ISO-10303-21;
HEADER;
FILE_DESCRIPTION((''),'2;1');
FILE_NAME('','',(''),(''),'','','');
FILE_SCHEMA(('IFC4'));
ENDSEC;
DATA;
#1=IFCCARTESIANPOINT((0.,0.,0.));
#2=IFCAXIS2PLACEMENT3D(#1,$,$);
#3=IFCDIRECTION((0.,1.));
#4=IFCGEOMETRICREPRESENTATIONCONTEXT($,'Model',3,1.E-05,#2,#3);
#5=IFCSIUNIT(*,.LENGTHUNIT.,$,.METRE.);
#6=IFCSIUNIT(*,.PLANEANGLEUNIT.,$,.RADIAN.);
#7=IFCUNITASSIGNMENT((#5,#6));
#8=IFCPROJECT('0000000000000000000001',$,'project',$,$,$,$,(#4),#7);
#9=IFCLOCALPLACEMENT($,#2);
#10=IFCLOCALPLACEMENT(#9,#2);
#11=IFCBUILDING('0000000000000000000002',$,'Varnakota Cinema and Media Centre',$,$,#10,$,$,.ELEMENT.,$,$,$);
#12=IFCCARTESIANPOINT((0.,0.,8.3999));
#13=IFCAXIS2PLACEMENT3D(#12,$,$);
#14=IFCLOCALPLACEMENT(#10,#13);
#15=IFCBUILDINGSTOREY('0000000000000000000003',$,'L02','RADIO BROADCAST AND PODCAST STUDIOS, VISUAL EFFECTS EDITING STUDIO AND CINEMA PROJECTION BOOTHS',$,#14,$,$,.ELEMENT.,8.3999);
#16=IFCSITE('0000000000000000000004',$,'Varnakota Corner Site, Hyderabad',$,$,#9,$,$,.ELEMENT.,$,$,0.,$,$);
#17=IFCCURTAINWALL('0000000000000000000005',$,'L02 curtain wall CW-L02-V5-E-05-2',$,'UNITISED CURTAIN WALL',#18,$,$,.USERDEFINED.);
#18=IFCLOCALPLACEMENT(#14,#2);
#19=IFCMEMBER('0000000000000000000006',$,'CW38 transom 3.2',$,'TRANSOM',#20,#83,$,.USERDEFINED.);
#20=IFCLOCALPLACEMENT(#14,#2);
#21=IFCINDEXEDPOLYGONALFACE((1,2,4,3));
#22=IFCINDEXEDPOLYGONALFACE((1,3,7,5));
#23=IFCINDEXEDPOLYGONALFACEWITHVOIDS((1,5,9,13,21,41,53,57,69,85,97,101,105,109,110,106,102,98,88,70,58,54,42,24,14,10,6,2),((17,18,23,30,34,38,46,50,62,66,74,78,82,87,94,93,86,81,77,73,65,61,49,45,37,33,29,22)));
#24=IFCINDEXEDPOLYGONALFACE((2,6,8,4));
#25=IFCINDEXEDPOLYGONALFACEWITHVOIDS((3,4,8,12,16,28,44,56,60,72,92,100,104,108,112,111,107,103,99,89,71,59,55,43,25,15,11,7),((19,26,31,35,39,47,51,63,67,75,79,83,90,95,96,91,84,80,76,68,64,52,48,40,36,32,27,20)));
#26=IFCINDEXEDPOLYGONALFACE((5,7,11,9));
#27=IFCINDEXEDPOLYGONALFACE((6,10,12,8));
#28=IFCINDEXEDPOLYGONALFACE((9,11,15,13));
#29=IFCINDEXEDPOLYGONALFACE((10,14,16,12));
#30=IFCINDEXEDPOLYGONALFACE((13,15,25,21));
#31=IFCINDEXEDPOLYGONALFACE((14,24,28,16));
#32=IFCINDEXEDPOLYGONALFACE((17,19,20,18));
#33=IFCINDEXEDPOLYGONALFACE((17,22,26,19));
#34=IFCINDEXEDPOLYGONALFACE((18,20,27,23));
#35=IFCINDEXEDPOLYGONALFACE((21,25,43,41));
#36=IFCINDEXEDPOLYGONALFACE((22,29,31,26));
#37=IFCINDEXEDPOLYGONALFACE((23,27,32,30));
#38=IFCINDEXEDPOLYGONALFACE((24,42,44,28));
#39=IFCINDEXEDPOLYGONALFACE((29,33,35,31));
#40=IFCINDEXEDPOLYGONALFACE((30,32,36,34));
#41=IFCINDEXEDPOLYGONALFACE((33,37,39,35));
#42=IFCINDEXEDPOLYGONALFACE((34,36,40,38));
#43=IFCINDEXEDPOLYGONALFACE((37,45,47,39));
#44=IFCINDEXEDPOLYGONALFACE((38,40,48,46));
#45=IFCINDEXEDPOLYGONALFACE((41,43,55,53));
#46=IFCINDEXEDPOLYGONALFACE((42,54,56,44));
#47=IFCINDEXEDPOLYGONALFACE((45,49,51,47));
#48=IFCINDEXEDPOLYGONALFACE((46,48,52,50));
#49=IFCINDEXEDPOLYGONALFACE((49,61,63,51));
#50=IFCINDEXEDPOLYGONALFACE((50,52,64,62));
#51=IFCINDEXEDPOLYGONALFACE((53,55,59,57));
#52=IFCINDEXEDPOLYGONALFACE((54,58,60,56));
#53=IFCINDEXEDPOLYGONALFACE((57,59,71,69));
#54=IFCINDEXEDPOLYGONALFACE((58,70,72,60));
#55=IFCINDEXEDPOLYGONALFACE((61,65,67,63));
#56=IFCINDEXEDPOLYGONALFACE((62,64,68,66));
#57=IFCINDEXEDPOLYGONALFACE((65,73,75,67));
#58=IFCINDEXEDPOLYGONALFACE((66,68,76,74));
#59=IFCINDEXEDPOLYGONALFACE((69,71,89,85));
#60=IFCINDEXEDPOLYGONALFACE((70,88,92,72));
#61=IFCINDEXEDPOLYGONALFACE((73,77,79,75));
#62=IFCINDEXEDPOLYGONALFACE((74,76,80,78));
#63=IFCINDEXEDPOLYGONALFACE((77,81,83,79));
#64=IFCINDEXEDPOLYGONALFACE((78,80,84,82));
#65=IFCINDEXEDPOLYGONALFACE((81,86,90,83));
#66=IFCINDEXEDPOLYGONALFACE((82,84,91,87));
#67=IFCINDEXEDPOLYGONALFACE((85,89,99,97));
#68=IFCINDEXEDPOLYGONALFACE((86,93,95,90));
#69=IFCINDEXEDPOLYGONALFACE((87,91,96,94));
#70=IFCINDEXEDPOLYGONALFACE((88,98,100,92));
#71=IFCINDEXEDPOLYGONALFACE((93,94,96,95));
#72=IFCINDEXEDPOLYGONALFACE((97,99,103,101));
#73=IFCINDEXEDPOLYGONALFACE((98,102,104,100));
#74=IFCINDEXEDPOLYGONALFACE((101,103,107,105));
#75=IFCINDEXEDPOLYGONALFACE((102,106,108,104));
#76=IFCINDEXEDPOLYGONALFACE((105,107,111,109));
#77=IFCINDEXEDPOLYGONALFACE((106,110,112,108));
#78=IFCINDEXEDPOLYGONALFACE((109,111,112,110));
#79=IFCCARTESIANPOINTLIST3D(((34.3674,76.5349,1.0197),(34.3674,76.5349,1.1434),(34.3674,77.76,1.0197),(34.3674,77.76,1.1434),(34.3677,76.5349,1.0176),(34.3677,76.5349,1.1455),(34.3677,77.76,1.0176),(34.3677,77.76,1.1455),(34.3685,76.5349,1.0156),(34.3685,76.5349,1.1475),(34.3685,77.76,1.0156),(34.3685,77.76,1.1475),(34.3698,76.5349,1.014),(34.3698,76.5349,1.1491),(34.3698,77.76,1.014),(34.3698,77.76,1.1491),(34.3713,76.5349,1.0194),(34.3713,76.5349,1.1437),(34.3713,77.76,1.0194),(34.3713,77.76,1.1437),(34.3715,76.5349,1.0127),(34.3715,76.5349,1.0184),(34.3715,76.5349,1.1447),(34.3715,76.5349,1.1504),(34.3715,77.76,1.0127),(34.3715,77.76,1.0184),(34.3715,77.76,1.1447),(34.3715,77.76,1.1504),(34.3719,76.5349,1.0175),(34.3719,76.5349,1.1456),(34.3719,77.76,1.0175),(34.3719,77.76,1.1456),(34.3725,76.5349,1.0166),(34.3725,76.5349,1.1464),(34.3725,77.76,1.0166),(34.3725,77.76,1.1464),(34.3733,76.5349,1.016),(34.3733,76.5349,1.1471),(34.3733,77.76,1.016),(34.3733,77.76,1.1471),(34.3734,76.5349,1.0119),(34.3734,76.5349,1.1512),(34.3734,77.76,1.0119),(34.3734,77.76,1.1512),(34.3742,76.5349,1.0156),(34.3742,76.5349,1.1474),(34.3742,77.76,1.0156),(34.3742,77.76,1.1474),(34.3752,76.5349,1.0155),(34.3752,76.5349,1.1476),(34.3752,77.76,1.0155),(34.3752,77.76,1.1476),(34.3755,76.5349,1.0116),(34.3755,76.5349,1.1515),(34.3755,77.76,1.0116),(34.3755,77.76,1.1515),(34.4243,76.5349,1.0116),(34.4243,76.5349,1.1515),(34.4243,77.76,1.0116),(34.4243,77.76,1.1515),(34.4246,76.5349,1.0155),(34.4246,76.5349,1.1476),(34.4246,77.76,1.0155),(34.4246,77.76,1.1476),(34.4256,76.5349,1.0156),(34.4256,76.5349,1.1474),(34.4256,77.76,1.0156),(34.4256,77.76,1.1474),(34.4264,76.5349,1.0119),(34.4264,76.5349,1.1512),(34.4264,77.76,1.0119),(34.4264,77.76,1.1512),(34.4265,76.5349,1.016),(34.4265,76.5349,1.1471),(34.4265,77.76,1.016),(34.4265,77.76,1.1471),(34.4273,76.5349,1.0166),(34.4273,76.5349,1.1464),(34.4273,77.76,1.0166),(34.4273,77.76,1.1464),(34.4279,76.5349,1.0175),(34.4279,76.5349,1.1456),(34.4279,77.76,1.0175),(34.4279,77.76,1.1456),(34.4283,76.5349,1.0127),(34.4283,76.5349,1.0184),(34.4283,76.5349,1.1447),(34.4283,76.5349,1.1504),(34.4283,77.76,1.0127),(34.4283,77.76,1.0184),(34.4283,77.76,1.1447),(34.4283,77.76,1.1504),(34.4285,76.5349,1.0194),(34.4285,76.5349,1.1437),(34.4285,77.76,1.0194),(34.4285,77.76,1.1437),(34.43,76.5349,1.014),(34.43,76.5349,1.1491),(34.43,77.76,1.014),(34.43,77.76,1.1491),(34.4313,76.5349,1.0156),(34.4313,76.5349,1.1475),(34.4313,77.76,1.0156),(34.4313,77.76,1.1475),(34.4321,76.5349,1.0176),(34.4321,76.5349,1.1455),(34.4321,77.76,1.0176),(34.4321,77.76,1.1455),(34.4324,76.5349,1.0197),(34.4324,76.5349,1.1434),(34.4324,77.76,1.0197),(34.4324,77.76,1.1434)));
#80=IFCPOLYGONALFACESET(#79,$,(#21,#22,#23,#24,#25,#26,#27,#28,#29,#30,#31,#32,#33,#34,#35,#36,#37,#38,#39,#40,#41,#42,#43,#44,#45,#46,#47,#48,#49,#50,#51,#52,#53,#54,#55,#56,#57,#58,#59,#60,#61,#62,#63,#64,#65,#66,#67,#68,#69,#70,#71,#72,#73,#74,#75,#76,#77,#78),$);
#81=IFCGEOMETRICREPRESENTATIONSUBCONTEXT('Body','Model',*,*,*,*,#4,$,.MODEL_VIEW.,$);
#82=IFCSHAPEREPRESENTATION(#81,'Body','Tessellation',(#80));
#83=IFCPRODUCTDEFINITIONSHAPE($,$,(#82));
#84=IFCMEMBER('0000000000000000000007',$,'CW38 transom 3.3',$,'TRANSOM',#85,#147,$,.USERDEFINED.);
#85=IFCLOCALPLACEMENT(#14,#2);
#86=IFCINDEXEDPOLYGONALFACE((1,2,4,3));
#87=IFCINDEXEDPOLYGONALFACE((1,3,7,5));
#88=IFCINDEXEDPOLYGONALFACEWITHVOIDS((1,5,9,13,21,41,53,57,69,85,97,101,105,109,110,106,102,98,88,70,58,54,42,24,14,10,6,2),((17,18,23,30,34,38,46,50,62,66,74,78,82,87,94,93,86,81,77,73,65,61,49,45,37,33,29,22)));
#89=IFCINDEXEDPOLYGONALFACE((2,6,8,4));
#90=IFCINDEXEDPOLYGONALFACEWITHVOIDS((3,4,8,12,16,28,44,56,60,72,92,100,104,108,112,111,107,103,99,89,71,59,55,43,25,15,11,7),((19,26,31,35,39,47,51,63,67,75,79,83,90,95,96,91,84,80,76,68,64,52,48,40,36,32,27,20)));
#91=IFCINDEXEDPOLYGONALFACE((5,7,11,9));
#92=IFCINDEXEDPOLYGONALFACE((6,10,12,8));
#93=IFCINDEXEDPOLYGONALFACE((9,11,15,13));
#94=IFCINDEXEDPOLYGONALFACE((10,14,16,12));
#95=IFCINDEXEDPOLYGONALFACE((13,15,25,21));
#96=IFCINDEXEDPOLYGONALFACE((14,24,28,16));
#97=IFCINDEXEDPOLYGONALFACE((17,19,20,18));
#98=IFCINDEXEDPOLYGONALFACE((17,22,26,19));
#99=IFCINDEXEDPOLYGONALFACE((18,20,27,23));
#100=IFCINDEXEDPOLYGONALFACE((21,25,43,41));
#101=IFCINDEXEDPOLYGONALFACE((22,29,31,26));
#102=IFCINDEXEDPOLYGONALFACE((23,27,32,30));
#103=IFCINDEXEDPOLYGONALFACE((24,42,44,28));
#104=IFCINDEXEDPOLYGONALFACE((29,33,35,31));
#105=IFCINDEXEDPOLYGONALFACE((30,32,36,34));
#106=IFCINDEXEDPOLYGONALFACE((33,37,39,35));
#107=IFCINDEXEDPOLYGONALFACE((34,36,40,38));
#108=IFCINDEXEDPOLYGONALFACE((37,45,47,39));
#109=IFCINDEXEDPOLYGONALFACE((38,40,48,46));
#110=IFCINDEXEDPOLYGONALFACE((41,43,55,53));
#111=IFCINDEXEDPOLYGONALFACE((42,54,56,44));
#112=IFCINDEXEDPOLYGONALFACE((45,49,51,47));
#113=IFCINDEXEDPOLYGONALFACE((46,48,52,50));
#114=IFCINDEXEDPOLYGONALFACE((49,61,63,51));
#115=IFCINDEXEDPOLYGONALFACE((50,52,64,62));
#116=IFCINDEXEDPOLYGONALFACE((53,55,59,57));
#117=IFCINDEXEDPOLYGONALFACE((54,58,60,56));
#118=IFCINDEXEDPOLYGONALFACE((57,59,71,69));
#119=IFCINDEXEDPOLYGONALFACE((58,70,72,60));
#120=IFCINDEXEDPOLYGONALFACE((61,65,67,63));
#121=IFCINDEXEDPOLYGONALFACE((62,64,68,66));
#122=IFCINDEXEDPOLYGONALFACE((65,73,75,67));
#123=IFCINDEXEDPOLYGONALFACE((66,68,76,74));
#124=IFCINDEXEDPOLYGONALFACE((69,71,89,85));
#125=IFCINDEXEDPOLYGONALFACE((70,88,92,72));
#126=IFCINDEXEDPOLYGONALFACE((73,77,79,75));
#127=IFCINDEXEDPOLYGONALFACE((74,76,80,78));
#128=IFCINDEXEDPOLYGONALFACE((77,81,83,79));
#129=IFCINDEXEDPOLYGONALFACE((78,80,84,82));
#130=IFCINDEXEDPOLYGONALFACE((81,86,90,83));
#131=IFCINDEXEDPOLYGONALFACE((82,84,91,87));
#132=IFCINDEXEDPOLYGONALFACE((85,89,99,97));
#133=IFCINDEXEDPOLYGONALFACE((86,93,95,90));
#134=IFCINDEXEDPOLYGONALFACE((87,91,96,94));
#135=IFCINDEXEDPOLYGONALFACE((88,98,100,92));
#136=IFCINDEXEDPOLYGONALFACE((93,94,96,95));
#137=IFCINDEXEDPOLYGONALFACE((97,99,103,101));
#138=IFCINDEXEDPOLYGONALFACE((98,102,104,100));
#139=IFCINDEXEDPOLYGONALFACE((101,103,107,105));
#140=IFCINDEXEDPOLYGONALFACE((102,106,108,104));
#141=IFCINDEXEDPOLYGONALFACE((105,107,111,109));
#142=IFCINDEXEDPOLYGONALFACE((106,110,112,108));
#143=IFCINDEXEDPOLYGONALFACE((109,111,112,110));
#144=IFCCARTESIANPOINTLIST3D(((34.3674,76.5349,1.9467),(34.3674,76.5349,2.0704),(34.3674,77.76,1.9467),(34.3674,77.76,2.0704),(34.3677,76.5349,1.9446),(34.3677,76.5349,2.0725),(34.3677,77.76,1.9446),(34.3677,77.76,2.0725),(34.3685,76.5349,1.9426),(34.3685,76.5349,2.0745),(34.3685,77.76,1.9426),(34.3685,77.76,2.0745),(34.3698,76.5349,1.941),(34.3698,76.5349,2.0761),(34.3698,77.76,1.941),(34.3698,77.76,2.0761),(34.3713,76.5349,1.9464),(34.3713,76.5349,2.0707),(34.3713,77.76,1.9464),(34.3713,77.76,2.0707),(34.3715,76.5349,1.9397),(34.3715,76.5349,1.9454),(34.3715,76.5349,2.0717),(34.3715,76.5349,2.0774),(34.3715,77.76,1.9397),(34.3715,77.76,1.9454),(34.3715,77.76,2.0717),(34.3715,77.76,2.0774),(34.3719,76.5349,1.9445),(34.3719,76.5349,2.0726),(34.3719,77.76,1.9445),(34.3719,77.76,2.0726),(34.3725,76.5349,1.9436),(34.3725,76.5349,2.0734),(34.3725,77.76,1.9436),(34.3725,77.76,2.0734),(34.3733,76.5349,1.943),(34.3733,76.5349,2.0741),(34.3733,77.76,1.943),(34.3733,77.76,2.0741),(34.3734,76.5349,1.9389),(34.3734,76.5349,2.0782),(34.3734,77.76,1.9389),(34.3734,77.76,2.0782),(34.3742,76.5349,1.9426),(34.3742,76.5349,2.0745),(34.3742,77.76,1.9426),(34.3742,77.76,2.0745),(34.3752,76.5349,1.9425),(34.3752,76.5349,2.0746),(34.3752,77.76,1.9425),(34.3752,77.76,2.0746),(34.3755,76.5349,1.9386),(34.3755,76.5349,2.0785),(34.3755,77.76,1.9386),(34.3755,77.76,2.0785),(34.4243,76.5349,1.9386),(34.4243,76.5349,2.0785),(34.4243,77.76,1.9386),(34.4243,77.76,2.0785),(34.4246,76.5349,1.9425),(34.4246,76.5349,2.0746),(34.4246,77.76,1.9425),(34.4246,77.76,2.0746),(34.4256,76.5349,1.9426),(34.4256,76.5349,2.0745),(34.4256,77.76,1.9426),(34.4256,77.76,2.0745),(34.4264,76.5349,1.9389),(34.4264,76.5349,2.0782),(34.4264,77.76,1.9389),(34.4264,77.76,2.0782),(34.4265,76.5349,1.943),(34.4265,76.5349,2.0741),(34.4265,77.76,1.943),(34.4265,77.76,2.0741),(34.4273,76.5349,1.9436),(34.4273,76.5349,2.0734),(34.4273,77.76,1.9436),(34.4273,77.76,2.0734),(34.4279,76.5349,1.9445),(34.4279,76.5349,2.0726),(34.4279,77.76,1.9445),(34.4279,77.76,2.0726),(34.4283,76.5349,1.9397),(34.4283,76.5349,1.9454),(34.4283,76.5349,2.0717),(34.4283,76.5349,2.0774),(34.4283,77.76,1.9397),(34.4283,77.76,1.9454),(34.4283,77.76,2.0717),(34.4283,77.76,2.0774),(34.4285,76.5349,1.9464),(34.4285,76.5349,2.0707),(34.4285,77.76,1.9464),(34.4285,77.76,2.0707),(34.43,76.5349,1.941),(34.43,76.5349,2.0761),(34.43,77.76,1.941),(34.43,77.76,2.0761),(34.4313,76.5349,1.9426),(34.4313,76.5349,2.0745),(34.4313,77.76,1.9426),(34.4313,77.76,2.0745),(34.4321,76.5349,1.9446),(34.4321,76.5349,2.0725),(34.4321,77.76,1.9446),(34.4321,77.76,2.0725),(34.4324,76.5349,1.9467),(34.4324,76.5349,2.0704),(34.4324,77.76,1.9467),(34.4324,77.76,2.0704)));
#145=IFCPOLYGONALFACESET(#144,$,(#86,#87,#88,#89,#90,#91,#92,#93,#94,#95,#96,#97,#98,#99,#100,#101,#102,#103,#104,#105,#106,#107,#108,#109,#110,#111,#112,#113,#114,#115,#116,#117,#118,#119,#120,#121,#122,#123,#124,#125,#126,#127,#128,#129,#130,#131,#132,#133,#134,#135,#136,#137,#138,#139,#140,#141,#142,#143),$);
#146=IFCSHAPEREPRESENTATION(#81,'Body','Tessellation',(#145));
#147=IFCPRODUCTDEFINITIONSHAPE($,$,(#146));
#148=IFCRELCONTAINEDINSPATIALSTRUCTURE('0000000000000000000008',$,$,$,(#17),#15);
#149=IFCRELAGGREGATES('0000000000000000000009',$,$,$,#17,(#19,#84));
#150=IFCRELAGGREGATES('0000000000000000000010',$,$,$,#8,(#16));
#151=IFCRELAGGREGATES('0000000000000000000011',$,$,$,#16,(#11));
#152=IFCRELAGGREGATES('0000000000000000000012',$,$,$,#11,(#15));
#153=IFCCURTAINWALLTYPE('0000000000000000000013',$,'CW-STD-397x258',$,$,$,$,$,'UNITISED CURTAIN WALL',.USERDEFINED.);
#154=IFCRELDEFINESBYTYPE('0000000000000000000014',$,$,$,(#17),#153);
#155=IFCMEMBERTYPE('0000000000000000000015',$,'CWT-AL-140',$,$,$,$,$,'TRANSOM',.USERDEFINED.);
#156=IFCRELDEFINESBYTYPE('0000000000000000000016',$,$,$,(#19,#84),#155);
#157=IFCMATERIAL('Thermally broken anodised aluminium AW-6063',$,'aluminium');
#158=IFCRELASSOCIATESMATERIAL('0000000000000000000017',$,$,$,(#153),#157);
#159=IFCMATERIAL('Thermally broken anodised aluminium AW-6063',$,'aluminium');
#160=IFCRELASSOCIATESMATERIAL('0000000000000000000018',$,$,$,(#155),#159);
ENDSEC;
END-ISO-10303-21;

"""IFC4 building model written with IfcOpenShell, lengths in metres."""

from ifc_helpers import new_model, si_unit, direction, frame, origin, origin_2d, place, context, subcontext, project, spatial, hollow_rectangle, extrude, material, material_profile, profile_set, type_object, element, aggregate, save


model = new_model("IFC4")

# Units and contexts
model_context = context("Model", 3, precision=1e-05, world=origin(), true_north=direction((0.0, 1.0)))
body_context = subcontext(model_context, "Body", "Model", "MODEL_VIEW")
ifc_project = project(units=[si_unit("LENGTHUNIT", "METRE"), si_unit("PLANEANGLEUNIT", "RADIAN")], contexts=[model_context])

# Site, building, storey
site_placement = place(None, origin())
site = spatial("IfcSite", under=ifc_project, at=site_placement, Name="Varnakota Corner Site, Hyderabad", CompositionType="ELEMENT", RefElevation=0.0)
building_placement = place(site_placement, origin())
building = spatial("IfcBuilding", under=site, at=building_placement, Name="Varnakota Cinema and Media Centre", CompositionType="ELEMENT")
storey_placement = place(building_placement, frame((0.0, 0.0, 8.3999)))
storey = spatial("IfcBuildingStorey", under=building, at=storey_placement, Name="L02", Description="RADIO BROADCAST AND PODCAST STUDIOS, VISUAL EFFECTS EDITING STUDIO AND CINEMA PROJECTION BOOTHS", CompositionType="ELEMENT", Elevation=8.3999)

# Shared definitions
ifc_material_1 = material(Name="Thermally broken anodised aluminium AW-6063", Category="aluminium")
curtain_wall_type = type_object("IfcCurtainWallType", Name="CW-STD-397x258", ElementType="UNITISED CURTAIN WALL", PredefinedType="USERDEFINED", material=ifc_material_1)

# Curtain wall, members
curtain_wall_1_placement = place(storey_placement, origin())
curtain_wall_1 = element("IfcCurtainWall", 1, at=curtain_wall_1_placement, inside=storey, type_object=curtain_wall_type, Name="L02 curtain wall CW-L02-V5-E-05-2", ObjectType="UNITISED CURTAIN WALL", PredefinedType="USERDEFINED")
ifc_material_2 = material(Name="Thermally broken anodised aluminium AW-6063", Category="aluminium")
ifc_material_profile_1 = material_profile(ifc_material_2, hollow_rectangle(XDim=0.0649, YDim=0.1399, WallThickness=0.0039, InnerFilletRadius=0.0039, OuterFilletRadius=0.0081, at=origin_2d()), Name="AL-TRANSOM 140x65x4")
ifc_profile_set_1 = profile_set([ifc_material_profile_1], Name="Thermally broken anodised aluminium AW-6063")
member_type_1 = type_object("IfcMemberType", Name="CWT-AL-140", ElementType="TRANSOM", PredefinedType="USERDEFINED", material=ifc_profile_set_1)
member_1_placement = place(storey_placement, frame((34.3999, 76.5349, 1.0815), z_axis=(0.0, 1.0, 0.0), x_axis=(-1.0, 0.0, 0.0)))
member_1 = element("IfcMember", 2, at=member_1_placement, type_object=member_type_1, Name="CW38 transom 3.2", ObjectType="TRANSOM", PredefinedType="USERDEFINED", context=body_context, shape_type="SweptSolid", body=[
    extrude(hollow_rectangle(XDim=0.0649, YDim=0.1399, WallThickness=0.0039, InnerFilletRadius=0.0039, OuterFilletRadius=0.0081, at=origin_2d()), origin(), (0.0, 0.0, 1.0), 1.2251),
])
member_2_placement = place(storey_placement, frame((34.3999, 76.5349, 2.0085), z_axis=(0.0, 1.0, 0.0), x_axis=(-1.0, 0.0, 0.0)))
member_2 = element("IfcMember", 3, at=member_2_placement, type_object=member_type_1, Name="CW38 transom 3.3", ObjectType="TRANSOM", PredefinedType="USERDEFINED", context=body_context, shape_type="SweptSolid", body=[
    extrude(hollow_rectangle(XDim=0.0649, YDim=0.1399, WallThickness=0.0039, InnerFilletRadius=0.0039, OuterFilletRadius=0.0081, at=origin_2d()), origin(), (0.0, 0.0, 1.0), 1.2251),
])
aggregate(curtain_wall_1, [member_1, member_2])

save(model, "model.ifc")
